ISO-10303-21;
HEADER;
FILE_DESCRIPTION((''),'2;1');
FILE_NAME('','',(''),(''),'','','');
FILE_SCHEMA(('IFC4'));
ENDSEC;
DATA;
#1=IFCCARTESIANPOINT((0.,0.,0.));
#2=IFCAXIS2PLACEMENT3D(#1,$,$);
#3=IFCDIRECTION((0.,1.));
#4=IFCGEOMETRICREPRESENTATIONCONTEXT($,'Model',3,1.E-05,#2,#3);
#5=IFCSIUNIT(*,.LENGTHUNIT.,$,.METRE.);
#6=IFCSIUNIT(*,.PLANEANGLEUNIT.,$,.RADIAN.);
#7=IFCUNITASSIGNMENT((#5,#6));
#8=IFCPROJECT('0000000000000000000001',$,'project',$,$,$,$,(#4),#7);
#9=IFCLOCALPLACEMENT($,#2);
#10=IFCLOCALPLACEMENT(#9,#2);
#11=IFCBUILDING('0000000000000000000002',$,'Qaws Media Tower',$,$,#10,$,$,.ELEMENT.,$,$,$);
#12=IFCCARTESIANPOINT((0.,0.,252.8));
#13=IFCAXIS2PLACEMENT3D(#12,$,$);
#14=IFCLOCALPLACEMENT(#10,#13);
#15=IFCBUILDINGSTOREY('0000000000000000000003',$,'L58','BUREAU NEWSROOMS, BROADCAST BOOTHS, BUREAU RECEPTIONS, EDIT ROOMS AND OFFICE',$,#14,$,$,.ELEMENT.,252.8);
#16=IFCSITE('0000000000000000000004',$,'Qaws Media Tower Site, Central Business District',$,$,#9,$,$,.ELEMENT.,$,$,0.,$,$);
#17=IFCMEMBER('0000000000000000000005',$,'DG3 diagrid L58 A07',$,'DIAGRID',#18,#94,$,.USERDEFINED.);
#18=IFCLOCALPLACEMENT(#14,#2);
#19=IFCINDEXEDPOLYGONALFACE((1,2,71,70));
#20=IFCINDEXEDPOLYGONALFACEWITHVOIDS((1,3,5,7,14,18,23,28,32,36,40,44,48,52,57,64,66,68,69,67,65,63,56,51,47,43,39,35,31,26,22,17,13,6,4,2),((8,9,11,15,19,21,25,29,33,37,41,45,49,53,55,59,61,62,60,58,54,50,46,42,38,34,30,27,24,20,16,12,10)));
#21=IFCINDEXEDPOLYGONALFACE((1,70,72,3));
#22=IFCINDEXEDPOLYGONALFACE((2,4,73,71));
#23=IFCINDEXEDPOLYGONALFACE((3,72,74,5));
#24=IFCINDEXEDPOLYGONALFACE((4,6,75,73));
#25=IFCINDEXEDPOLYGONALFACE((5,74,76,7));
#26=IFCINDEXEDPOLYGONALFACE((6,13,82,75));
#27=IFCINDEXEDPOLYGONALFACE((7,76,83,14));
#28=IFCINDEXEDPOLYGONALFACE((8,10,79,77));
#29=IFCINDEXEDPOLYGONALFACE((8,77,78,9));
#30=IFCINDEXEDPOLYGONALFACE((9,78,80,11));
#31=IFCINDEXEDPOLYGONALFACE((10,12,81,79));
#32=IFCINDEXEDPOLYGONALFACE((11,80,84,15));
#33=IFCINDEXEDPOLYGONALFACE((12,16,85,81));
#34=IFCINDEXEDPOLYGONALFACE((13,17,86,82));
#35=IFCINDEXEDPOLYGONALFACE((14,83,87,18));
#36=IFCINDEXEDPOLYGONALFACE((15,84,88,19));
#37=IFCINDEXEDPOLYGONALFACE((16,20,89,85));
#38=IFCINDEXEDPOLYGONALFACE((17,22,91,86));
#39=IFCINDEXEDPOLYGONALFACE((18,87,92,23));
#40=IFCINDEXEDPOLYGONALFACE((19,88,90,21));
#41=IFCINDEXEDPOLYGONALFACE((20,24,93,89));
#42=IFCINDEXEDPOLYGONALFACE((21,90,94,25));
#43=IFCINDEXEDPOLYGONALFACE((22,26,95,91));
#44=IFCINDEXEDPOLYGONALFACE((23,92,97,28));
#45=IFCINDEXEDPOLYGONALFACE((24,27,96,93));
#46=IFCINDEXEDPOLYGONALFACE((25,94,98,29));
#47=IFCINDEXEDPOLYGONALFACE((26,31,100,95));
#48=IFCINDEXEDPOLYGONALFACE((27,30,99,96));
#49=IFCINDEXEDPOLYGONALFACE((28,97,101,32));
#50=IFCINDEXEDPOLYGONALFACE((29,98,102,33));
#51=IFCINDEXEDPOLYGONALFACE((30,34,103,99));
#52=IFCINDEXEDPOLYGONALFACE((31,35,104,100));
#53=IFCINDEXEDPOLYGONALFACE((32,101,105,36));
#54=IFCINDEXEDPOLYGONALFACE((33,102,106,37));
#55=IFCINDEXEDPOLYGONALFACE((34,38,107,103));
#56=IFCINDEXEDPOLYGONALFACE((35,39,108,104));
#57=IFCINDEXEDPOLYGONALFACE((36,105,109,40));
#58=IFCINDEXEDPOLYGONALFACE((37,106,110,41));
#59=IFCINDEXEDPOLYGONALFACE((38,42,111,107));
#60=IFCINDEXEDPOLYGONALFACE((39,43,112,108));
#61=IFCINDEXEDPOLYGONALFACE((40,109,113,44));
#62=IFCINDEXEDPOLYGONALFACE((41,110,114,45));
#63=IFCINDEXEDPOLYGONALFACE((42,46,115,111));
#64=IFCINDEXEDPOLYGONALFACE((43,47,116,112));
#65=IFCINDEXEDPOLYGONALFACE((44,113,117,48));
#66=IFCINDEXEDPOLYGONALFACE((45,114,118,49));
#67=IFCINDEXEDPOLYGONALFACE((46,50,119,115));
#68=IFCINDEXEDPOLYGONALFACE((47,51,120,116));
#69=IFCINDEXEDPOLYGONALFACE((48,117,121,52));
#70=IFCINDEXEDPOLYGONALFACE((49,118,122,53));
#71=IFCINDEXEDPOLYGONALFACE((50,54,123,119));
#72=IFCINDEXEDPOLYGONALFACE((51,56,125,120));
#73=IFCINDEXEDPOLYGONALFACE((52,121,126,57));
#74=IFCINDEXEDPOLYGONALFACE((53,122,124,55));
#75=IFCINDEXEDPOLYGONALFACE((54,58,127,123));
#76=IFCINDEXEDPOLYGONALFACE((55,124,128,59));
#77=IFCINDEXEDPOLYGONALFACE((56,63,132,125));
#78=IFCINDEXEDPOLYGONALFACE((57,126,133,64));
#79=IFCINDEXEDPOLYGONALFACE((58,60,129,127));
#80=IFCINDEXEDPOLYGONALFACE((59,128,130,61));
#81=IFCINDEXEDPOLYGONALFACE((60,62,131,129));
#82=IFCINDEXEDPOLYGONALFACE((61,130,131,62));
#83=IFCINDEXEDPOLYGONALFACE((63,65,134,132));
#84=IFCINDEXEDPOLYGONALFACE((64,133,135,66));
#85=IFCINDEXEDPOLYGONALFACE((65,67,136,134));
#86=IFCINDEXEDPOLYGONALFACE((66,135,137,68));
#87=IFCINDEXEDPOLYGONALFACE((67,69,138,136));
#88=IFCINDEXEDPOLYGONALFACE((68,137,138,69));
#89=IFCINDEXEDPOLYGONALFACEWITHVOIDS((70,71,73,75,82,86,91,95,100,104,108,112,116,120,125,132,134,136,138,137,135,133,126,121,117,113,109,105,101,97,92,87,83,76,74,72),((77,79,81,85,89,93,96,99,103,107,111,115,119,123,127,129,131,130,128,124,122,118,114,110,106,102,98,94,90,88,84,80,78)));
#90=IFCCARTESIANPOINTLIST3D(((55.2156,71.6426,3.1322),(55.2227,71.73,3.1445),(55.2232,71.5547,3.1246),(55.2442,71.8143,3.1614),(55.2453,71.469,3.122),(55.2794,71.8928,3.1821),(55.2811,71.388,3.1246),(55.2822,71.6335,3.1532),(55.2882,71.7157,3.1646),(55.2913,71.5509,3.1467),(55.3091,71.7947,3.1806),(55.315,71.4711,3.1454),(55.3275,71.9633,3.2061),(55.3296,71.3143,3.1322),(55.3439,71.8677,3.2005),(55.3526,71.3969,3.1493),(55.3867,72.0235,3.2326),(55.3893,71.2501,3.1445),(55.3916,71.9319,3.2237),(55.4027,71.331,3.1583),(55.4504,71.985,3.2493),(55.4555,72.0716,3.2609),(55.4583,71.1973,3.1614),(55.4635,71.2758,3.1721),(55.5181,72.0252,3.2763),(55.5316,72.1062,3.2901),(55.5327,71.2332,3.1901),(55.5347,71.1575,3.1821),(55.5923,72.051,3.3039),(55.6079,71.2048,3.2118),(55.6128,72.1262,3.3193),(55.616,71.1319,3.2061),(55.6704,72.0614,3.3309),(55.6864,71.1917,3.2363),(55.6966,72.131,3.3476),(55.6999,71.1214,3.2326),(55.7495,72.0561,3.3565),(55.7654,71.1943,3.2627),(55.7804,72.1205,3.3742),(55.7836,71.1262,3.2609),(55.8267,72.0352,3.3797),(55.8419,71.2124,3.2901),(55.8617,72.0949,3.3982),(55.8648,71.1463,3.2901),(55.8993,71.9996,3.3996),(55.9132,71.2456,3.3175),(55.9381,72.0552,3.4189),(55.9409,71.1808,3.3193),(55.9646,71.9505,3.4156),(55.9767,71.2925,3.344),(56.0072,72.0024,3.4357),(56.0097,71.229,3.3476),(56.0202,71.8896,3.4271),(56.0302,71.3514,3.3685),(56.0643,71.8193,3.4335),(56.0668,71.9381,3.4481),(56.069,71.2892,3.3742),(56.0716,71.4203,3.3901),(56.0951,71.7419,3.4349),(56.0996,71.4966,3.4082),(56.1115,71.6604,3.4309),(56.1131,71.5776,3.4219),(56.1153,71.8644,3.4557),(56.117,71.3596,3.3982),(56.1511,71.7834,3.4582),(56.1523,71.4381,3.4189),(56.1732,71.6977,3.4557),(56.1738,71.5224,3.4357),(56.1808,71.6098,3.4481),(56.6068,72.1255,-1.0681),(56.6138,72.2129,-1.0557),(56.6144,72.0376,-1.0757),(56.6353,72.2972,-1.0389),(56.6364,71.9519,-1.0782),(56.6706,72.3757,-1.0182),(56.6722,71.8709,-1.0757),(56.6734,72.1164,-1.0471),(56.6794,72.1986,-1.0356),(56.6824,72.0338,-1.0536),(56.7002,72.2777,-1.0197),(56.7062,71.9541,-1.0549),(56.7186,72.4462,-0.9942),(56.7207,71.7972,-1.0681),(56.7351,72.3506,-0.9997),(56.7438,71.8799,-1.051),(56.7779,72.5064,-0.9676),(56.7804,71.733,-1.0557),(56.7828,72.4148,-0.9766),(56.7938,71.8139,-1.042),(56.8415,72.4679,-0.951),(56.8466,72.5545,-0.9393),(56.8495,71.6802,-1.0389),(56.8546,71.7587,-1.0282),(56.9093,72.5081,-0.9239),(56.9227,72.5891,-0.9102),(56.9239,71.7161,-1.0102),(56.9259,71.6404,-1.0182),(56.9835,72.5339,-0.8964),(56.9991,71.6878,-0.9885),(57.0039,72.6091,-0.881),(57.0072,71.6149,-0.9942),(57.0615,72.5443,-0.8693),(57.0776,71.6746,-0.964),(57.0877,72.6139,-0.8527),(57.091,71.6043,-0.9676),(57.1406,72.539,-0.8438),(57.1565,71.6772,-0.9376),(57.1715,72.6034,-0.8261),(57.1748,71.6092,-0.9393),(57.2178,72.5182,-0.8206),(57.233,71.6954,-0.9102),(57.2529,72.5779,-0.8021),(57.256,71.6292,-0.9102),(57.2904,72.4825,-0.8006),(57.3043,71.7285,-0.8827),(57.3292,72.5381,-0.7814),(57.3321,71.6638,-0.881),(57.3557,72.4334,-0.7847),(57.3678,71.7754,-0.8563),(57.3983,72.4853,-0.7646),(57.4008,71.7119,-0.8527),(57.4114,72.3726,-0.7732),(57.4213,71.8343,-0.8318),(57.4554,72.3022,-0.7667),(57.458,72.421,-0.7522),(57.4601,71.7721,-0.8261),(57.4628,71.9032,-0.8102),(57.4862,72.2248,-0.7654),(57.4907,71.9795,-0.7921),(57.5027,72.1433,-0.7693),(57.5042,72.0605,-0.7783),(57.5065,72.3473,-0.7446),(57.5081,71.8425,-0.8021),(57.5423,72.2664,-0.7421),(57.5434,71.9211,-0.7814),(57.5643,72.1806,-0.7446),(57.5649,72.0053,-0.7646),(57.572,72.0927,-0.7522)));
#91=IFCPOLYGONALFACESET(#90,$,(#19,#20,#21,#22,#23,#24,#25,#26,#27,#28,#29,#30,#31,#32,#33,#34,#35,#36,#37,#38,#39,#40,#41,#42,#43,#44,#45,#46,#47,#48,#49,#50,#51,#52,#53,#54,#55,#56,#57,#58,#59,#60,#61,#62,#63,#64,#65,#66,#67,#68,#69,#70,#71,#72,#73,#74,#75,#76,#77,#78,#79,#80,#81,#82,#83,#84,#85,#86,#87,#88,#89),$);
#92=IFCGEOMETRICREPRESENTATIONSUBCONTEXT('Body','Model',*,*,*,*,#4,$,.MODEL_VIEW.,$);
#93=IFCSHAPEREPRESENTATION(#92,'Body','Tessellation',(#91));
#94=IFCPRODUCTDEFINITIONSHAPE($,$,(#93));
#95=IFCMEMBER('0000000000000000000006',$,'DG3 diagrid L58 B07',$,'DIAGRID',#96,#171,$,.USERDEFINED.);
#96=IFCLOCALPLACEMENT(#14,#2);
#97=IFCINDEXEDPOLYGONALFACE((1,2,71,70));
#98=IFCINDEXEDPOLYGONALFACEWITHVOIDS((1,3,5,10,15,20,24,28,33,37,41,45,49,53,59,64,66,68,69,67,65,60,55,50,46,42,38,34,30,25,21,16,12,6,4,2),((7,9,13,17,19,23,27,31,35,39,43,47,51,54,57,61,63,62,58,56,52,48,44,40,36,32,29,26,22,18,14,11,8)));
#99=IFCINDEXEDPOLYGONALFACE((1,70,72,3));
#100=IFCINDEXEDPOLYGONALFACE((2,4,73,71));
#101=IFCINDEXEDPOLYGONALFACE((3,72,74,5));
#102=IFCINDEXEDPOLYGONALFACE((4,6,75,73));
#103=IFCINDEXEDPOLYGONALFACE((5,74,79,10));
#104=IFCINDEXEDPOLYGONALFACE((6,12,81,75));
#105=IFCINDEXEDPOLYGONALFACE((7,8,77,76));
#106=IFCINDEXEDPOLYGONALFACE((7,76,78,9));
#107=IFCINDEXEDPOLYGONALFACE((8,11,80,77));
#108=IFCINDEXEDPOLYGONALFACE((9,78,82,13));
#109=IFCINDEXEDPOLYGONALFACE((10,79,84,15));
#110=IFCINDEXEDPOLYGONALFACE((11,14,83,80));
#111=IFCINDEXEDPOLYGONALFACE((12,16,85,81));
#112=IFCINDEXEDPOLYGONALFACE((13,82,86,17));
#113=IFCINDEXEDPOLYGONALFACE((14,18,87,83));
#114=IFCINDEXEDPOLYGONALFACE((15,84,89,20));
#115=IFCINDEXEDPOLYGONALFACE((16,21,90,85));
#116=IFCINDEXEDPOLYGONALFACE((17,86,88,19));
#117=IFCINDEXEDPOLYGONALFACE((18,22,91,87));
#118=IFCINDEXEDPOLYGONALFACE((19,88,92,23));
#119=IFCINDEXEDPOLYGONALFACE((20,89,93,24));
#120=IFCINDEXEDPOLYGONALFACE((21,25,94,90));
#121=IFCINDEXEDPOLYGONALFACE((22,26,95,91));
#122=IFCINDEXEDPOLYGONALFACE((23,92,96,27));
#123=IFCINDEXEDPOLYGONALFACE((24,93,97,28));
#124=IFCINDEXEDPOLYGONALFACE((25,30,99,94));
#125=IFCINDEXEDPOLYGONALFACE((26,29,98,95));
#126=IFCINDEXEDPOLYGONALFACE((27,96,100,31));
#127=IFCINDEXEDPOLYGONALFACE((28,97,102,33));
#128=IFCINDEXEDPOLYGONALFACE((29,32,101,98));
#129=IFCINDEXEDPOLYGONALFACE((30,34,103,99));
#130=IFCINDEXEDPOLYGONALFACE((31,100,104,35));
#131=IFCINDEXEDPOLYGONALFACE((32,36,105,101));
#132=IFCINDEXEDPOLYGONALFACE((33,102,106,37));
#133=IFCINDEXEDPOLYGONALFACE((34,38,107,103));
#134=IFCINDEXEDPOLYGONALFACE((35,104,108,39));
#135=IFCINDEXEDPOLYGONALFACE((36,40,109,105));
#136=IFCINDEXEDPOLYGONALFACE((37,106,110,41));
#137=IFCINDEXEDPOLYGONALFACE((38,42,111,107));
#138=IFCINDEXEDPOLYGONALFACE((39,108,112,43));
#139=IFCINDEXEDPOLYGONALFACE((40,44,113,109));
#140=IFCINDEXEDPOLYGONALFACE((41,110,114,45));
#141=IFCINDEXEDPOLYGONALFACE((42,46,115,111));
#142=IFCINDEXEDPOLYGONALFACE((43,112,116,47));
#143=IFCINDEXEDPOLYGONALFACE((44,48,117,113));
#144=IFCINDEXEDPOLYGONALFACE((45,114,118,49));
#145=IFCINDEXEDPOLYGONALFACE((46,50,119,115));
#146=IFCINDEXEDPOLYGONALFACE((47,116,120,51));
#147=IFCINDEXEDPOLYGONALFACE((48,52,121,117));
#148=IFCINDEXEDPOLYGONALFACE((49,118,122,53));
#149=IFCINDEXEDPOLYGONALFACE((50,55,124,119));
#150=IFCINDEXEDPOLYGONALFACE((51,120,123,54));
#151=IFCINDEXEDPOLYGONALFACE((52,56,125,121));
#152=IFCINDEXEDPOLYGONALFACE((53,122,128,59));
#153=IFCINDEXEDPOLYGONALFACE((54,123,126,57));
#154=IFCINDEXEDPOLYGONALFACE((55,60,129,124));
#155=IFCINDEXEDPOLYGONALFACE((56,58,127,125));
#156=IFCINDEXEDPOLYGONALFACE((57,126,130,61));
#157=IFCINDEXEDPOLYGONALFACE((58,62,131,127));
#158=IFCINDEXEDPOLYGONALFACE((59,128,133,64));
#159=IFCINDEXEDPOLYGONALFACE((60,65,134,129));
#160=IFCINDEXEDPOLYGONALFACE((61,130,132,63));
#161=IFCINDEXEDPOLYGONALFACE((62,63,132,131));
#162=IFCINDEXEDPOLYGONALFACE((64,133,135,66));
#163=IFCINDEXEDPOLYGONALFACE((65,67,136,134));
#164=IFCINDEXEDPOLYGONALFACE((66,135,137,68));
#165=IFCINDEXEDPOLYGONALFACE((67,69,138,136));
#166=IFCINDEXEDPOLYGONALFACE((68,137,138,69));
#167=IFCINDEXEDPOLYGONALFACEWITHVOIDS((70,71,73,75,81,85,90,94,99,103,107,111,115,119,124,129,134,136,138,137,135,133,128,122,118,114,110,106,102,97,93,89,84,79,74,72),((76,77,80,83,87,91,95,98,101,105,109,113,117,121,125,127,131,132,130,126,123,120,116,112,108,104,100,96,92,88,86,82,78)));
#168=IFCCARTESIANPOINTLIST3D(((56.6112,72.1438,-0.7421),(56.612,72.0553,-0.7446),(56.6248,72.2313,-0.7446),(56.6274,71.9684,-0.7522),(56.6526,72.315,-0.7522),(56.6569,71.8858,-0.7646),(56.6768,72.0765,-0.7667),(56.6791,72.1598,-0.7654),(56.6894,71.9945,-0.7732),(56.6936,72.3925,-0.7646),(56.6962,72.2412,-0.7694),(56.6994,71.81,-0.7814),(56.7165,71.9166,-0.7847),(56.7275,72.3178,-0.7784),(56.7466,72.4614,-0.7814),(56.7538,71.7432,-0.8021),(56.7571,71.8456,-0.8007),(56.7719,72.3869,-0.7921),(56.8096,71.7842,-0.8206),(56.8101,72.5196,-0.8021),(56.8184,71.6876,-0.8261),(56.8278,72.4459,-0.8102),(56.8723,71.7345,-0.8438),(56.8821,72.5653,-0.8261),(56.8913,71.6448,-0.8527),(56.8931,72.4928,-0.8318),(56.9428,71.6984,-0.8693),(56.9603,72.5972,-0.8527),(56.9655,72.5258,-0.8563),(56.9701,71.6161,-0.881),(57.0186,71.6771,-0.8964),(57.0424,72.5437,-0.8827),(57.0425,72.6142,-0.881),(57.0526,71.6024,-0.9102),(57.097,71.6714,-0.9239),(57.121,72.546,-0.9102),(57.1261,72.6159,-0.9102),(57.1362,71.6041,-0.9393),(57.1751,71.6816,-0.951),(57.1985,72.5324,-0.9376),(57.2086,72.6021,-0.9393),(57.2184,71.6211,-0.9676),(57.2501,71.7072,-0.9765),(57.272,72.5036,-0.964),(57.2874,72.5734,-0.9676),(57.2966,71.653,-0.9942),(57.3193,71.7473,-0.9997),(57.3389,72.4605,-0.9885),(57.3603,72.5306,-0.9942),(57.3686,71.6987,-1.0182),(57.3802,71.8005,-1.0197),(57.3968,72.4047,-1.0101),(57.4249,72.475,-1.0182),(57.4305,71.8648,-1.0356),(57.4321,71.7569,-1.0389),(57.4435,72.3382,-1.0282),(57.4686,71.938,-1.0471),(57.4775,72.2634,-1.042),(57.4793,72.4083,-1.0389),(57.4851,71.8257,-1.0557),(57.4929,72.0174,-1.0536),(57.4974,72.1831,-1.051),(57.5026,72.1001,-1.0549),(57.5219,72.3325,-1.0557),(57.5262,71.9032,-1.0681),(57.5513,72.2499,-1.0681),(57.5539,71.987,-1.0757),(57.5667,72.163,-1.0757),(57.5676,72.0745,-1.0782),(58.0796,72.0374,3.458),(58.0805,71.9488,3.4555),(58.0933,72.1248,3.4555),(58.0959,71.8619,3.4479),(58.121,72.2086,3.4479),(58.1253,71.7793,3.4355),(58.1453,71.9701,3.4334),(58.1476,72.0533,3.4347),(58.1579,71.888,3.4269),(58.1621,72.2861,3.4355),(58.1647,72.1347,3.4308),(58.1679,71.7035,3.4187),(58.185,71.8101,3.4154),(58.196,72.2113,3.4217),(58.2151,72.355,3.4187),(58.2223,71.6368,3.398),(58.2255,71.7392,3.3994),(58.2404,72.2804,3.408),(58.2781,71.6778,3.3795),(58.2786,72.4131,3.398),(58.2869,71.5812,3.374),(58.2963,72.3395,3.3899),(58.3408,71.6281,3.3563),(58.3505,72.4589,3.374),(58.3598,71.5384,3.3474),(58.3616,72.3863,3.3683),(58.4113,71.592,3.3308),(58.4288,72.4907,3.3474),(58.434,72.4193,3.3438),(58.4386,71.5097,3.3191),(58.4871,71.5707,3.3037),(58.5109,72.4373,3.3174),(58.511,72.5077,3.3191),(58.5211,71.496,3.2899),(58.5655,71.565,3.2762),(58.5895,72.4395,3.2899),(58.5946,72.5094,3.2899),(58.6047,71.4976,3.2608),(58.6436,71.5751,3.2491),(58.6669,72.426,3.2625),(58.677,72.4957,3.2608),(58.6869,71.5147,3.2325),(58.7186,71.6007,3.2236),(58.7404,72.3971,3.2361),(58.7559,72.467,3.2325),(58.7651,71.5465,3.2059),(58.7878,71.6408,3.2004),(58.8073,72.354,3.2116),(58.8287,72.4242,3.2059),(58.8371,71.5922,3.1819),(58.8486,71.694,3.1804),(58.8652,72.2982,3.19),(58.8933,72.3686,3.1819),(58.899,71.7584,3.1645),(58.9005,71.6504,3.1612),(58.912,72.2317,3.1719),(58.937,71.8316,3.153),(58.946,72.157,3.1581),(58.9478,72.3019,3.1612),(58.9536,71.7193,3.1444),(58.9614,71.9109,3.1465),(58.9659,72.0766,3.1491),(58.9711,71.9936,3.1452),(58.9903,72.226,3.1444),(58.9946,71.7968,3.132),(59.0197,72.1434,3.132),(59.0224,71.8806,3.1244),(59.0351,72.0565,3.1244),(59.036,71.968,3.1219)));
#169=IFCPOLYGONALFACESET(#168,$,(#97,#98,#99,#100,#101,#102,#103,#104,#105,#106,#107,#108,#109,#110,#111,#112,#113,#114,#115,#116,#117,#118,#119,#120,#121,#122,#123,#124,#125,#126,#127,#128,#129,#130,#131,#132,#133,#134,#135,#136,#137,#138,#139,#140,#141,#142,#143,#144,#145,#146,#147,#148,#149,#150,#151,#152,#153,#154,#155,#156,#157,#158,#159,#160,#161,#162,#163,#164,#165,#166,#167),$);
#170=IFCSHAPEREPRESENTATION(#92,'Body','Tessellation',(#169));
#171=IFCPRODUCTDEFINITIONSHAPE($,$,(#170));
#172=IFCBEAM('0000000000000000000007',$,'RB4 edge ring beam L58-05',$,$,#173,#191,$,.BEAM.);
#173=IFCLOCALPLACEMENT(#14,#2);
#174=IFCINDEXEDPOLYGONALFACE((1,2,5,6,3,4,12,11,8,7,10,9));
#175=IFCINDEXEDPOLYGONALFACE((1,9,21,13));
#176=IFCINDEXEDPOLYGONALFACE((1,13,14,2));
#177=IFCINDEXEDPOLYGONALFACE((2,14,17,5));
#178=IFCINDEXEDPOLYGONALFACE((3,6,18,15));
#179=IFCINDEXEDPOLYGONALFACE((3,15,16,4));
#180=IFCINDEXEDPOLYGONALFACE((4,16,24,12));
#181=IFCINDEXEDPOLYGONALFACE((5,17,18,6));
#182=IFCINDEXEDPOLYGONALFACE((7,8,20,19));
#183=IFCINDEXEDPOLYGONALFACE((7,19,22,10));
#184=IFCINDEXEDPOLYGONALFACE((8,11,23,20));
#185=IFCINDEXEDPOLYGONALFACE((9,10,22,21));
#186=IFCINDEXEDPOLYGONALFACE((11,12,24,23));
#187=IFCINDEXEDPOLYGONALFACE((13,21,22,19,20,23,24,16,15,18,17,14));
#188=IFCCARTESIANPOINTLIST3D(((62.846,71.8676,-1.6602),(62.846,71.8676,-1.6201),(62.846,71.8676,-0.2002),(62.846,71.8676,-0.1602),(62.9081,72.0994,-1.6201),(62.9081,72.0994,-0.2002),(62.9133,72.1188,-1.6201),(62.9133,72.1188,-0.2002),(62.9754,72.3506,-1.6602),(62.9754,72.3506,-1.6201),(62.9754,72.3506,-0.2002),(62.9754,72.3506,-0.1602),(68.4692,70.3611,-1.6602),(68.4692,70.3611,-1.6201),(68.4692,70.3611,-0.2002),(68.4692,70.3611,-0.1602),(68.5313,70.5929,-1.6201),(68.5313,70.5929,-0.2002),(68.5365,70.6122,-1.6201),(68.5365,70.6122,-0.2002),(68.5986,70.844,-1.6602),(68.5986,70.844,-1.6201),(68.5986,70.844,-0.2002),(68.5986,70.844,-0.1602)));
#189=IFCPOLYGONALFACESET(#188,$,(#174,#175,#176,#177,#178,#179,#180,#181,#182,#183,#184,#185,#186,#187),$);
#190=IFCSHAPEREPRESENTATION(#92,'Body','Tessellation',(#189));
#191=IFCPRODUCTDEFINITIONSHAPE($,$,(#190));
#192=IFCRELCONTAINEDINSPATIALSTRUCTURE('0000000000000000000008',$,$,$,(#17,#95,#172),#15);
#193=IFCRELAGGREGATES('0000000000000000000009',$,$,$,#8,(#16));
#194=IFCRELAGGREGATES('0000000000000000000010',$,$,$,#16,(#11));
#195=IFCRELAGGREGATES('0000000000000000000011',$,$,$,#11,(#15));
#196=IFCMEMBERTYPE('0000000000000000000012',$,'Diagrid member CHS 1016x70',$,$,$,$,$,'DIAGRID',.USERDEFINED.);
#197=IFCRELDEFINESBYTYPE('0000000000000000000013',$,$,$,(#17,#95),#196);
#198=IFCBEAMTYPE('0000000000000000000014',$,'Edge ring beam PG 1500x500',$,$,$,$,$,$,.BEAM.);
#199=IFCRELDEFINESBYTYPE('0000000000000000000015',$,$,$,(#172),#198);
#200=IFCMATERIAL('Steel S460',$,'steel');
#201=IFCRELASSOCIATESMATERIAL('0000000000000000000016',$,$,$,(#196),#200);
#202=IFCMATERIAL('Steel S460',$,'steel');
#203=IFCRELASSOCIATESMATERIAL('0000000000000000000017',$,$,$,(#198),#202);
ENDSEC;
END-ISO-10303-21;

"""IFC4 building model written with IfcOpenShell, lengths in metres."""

from ifc_helpers import new_model, si_unit, direction, frame, origin, origin_2d, place, context, subcontext, project, spatial, hollow_circle, i_section, extrude, material, material_profile, profile_set, type_object, element, save


model = new_model("IFC4")

# Units and contexts
model_context = context("Model", 3, precision=1e-05, world=origin(), true_north=direction((0.0, 1.0)))
body_context = subcontext(model_context, "Body", "Model", "MODEL_VIEW")
ifc_project = project(units=[si_unit("LENGTHUNIT", "METRE"), si_unit("PLANEANGLEUNIT", "RADIAN")], contexts=[model_context])

# Site, building, storey
site_placement = place(None, origin())
site = spatial("IfcSite", under=ifc_project, at=site_placement, Name="Qaws Media Tower Site, Central Business District", CompositionType="ELEMENT", RefElevation=0.0)
building_placement = place(site_placement, origin())
building = spatial("IfcBuilding", under=site, at=building_placement, Name="Qaws Media Tower", CompositionType="ELEMENT")
storey_placement = place(building_placement, frame((0.0, 0.0, 252.8)))
storey = spatial("IfcBuildingStorey", under=building, at=storey_placement, Name="L58", Description="BUREAU NEWSROOMS, BROADCAST BOOTHS, BUREAU RECEPTIONS, EDIT ROOMS AND OFFICE", CompositionType="ELEMENT", Elevation=252.8)

# Members
ifc_material_1 = material(Name="Steel S460", Category="steel")
ifc_material_profile_1 = material_profile(ifc_material_1, hollow_circle(Radius=0.5081, WallThickness=0.0701, at=origin_2d()), Name="CHS 1016x70")
ifc_profile_set_1 = profile_set([ifc_material_profile_1], Name="Steel S460")
member_type_1 = type_object("IfcMemberType", Name="Diagrid member CHS 1016x70", ElementType="DIAGRID", PredefinedType="USERDEFINED", material=ifc_profile_set_1)
for number, where, z_axis, x_axis, name in (
    (1, (57.0894, 72.1091, -0.9102), (-0.31255, -0.108498, 0.943684), (0.327942, -0.944698, 0.0), "DG3 diagrid L58 A07"),
):
    element("IfcMember", number, at=place(storey_placement, frame(where, z_axis=z_axis, x_axis=x_axis)), inside=storey, type_object=member_type_1, Name=name, ObjectType="DIAGRID", PredefinedType="USERDEFINED", context=body_context, shape_type="SweptSolid", body=[
        extrude(hollow_circle(Radius=0.5081, WallThickness=0.0701, at=origin_2d()), origin(), (0.0, 0.0, 1.0), 4.4509),
    ])
member_1_placement = place(storey_placement, frame((57.0894, 72.1091, -0.9102), z_axis=(0.329943, -0.023916, 0.943698), x_axis=(0.072296, 0.997383, 0.0)))
element("IfcMember", 2, at=member_1_placement, inside=storey, type_object=member_type_1, Name="DG3 diagrid L58 B07", ObjectType="DIAGRID", PredefinedType="USERDEFINED", context=body_context, shape_type="SweptSolid", body=[
    extrude(hollow_circle(Radius=0.5081, WallThickness=0.0701, at=origin_2d()), origin(), (0.0, 0.0, 1.0), 4.4507),
])

# Beam
ifc_material_2 = material(Name="Steel S460", Category="steel")
ifc_material_profile_2 = material_profile(ifc_material_2, i_section(OverallWidth=0.5, OverallDepth=1.5, WebThickness=0.02, FlangeThickness=0.04, at=origin_2d()), Name="PG 1500x500")
ifc_profile_set_2 = profile_set([ifc_material_profile_2], Name="Steel S460")
beam_type = type_object("IfcBeamType", Name="Edge ring beam PG 1500x500", PredefinedType="BEAM", material=ifc_profile_set_2)
beam_1_placement = place(storey_placement, frame((68.5339, 70.6025, -0.9102), z_axis=(-0.965933, 0.258793, 0.0), x_axis=(-0.258793, -0.965933, 0.0)))
element("IfcBeam", 3, at=beam_1_placement, inside=storey, type_object=beam_type, Name="RB4 edge ring beam L58-05", PredefinedType="BEAM", context=body_context, shape_type="SweptSolid", body=[
    extrude(i_section(OverallWidth=0.5, OverallDepth=1.5, WebThickness=0.02, FlangeThickness=0.04, at=origin_2d()), origin(), (0.0, 0.0, 1.0), 5.8215),
])

save(model, "model.ifc")
